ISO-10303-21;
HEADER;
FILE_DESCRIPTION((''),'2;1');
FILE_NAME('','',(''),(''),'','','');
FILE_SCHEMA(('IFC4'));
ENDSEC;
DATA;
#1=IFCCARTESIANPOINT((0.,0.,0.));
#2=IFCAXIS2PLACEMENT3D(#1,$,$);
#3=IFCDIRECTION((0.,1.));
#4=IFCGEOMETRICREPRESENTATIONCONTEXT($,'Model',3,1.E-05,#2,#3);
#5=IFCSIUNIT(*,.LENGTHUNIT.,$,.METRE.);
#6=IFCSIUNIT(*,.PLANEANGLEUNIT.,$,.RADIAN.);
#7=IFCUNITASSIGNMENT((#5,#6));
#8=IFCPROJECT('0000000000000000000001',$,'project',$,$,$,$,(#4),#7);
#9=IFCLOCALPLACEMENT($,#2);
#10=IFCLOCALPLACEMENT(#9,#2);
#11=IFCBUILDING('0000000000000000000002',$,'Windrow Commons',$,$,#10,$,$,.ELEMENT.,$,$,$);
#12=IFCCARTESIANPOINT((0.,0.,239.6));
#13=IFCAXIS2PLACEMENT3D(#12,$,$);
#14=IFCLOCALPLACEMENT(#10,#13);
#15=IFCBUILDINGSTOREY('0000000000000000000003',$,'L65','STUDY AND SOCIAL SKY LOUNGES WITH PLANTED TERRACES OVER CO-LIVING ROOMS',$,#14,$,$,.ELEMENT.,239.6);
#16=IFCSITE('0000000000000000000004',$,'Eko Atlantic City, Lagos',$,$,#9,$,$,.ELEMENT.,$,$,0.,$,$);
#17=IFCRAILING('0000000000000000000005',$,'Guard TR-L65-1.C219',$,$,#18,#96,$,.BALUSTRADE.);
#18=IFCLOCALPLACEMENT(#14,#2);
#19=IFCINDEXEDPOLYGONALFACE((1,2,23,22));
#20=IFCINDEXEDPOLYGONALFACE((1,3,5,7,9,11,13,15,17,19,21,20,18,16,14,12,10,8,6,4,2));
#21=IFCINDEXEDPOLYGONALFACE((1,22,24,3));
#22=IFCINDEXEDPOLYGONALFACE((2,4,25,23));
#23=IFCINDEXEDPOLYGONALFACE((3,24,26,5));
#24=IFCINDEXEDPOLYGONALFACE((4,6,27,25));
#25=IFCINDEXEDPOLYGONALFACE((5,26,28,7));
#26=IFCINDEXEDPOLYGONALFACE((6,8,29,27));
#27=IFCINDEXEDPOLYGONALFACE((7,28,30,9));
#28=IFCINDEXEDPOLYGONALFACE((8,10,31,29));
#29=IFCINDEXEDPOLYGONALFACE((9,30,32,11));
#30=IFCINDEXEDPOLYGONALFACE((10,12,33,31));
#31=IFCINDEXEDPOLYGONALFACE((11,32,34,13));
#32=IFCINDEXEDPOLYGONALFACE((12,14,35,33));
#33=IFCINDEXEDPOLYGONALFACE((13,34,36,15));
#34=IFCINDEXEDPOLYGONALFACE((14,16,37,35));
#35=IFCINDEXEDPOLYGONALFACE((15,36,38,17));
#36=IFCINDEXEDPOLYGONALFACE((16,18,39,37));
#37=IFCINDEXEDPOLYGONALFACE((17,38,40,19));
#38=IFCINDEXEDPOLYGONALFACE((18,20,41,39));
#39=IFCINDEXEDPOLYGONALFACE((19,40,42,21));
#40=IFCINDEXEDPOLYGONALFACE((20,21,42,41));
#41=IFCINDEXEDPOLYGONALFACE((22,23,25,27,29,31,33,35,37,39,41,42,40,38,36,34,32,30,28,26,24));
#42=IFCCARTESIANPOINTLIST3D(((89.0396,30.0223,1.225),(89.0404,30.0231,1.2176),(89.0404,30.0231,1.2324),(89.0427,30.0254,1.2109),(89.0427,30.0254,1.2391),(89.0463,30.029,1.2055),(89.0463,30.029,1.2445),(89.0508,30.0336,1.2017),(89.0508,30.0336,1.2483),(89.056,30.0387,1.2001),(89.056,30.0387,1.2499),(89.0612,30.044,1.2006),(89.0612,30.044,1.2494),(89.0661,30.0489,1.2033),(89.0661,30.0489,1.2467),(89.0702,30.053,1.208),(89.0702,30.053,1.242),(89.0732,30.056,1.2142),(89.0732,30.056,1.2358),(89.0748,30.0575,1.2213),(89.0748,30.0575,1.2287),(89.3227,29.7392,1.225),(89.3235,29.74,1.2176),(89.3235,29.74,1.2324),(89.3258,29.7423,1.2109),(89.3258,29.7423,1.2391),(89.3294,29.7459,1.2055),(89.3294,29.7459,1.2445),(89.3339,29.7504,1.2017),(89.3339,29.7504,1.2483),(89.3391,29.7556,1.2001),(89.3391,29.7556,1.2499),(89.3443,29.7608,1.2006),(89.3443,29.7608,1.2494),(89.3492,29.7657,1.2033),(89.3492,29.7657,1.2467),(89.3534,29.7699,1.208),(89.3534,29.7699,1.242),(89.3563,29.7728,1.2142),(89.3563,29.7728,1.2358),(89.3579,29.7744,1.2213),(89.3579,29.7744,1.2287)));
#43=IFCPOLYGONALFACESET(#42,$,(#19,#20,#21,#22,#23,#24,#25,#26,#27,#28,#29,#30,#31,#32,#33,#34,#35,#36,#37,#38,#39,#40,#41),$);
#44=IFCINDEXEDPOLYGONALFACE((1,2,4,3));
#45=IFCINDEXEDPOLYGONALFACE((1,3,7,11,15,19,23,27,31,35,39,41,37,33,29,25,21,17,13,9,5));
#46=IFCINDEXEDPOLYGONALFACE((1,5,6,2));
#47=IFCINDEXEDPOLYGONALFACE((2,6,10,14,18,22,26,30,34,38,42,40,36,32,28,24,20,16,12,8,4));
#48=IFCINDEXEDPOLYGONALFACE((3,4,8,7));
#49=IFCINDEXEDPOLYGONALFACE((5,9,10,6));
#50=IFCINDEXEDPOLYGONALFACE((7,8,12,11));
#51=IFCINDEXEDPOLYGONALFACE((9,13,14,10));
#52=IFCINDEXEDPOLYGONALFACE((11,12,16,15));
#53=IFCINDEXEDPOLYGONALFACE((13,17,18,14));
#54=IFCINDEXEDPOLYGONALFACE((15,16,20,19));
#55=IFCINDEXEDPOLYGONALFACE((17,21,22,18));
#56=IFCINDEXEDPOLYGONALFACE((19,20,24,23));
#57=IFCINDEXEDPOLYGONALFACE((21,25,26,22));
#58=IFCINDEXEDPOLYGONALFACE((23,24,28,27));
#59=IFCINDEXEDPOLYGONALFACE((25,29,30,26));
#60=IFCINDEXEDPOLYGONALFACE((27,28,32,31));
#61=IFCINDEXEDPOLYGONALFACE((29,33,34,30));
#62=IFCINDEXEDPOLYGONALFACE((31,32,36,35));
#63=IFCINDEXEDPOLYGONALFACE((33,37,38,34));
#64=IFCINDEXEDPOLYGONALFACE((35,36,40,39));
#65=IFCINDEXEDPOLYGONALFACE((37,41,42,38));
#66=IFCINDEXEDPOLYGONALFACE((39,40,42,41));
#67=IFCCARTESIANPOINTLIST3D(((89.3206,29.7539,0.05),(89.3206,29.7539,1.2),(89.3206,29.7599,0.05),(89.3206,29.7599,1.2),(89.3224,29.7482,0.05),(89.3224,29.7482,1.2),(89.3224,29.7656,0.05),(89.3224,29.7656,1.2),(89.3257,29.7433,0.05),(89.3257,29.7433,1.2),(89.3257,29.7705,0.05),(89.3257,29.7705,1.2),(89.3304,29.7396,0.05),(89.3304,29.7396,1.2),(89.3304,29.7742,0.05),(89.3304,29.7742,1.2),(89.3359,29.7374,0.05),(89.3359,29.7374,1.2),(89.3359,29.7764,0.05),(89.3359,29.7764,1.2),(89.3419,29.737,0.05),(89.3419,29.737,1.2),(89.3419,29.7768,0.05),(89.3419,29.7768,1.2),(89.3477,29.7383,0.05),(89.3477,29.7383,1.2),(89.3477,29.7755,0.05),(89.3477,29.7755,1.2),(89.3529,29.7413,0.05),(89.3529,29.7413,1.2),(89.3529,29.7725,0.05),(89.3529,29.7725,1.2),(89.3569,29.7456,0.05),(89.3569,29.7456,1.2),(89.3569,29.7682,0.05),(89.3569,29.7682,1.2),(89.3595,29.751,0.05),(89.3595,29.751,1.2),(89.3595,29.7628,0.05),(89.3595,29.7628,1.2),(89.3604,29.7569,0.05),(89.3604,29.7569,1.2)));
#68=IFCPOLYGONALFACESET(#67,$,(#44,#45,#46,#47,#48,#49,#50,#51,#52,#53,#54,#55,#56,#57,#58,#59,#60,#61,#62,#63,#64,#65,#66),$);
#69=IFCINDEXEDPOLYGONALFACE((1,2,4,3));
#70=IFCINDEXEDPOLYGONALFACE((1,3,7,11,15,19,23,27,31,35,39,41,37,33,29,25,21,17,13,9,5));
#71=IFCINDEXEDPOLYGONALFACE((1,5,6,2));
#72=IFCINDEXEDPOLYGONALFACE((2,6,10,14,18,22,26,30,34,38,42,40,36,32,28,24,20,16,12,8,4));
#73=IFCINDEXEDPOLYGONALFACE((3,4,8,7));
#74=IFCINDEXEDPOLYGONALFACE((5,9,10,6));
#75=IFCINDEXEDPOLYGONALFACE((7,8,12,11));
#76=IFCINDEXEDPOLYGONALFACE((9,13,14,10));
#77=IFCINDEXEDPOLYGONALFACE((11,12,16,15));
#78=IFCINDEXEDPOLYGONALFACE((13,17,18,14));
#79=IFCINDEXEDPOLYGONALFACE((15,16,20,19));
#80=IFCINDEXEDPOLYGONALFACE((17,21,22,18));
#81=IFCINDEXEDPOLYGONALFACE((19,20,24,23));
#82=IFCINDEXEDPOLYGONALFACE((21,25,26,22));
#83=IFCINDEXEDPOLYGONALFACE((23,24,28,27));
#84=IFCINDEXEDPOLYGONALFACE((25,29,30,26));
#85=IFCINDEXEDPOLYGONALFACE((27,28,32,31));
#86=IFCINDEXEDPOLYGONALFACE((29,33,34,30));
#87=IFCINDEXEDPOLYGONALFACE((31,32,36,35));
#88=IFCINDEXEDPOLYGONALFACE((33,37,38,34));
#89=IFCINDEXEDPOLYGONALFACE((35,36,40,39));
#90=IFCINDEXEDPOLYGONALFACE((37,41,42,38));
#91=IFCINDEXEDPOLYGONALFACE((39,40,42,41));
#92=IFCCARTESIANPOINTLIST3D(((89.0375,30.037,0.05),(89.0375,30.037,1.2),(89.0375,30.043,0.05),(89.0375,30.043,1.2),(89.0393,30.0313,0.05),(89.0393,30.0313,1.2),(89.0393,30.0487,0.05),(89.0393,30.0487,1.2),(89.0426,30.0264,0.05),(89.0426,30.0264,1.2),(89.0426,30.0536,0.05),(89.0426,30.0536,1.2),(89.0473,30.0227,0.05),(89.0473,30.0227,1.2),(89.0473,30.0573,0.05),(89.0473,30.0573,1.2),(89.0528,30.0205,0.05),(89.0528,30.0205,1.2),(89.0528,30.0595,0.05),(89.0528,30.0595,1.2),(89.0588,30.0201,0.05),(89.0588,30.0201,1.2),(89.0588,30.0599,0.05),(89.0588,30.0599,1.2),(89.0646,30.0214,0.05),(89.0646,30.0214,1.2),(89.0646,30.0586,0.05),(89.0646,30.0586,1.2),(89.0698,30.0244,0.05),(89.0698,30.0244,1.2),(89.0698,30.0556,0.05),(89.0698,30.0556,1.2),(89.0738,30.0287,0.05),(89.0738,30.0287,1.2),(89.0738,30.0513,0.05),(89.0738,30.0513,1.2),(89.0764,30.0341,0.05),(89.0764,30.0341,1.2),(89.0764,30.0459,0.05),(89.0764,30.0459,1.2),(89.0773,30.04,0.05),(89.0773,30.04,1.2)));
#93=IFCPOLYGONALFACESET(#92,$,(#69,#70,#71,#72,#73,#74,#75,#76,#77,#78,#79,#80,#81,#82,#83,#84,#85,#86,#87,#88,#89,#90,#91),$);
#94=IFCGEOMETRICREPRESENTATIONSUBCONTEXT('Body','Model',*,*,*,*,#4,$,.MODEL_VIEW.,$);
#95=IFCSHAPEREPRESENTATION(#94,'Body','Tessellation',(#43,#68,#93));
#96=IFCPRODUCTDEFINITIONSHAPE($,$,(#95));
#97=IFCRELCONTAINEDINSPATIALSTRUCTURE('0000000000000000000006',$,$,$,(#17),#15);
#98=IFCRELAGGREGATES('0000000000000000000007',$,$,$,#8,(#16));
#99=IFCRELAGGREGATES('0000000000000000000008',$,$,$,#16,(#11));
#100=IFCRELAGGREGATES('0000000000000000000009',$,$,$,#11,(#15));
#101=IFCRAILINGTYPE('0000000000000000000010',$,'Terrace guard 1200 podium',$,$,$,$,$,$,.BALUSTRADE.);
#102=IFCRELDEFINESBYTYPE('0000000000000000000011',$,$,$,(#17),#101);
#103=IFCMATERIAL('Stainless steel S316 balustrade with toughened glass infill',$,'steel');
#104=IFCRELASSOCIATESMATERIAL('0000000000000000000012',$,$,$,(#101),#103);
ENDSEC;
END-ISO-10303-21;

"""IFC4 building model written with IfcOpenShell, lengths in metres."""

from ifc_helpers import new_model, si_unit, direction, frame, origin, origin_2d, place, context, subcontext, project, spatial, circle, extrude, material, type_object, element, save


model = new_model("IFC4")

# Units and contexts
model_context = context("Model", 3, precision=1e-05, world=origin(), true_north=direction((0.0, 1.0)))
body_context = subcontext(model_context, "Body", "Model", "MODEL_VIEW")
ifc_project = project(units=[si_unit("LENGTHUNIT", "METRE"), si_unit("PLANEANGLEUNIT", "RADIAN")], contexts=[model_context])

# Site, building, storey
site_placement = place(None, origin())
site = spatial("IfcSite", under=ifc_project, at=site_placement, Name="Eko Atlantic City, Lagos", CompositionType="ELEMENT", RefElevation=0.0)
building_placement = place(site_placement, origin())
building = spatial("IfcBuilding", under=site, at=building_placement, Name="Windrow Commons", CompositionType="ELEMENT")
storey_placement = place(building_placement, frame((0.0, 0.0, 239.6)))
storey = spatial("IfcBuildingStorey", under=building, at=storey_placement, Name="L65", Description="STUDY AND SOCIAL SKY LOUNGES WITH PLANTED TERRACES OVER CO-LIVING ROOMS", CompositionType="ELEMENT", Elevation=239.6)

# Railing
ifc_material_1 = material(Name="Stainless steel S316 balustrade with toughened glass infill", Category="steel")
railing_type = type_object("IfcRailingType", Name="Terrace guard 1200 podium", PredefinedType="BALUSTRADE", material=ifc_material_1)
railing_1_placement = place(storey_placement, frame((89.3404, 29.7569, 0.05)))
element("IfcRailing", 1, at=railing_1_placement, inside=storey, type_object=railing_type, Name="Guard TR-L65-1.C219", PredefinedType="BALUSTRADE", context=body_context, shape_type="SweptSolid", body=[
    extrude(circle(Radius=0.025, at=origin_2d()), frame((0.0, 0.0, 1.175), z_axis=(-0.707107, 0.707107, 0.0), x_axis=(-0.707107, -0.707107, 0.0)), (0.0, 0.0, 1.0), 0.4004),
    extrude(circle(Radius=0.02, at=origin_2d()), origin(), (0.0, 0.0, 1.0), 1.15),
    extrude(circle(Radius=0.02, at=origin_2d()), frame((-0.2831, 0.2831, 0.0)), (0.0, 0.0, 1.0), 1.15),
])

save(model, "model.ifc")
